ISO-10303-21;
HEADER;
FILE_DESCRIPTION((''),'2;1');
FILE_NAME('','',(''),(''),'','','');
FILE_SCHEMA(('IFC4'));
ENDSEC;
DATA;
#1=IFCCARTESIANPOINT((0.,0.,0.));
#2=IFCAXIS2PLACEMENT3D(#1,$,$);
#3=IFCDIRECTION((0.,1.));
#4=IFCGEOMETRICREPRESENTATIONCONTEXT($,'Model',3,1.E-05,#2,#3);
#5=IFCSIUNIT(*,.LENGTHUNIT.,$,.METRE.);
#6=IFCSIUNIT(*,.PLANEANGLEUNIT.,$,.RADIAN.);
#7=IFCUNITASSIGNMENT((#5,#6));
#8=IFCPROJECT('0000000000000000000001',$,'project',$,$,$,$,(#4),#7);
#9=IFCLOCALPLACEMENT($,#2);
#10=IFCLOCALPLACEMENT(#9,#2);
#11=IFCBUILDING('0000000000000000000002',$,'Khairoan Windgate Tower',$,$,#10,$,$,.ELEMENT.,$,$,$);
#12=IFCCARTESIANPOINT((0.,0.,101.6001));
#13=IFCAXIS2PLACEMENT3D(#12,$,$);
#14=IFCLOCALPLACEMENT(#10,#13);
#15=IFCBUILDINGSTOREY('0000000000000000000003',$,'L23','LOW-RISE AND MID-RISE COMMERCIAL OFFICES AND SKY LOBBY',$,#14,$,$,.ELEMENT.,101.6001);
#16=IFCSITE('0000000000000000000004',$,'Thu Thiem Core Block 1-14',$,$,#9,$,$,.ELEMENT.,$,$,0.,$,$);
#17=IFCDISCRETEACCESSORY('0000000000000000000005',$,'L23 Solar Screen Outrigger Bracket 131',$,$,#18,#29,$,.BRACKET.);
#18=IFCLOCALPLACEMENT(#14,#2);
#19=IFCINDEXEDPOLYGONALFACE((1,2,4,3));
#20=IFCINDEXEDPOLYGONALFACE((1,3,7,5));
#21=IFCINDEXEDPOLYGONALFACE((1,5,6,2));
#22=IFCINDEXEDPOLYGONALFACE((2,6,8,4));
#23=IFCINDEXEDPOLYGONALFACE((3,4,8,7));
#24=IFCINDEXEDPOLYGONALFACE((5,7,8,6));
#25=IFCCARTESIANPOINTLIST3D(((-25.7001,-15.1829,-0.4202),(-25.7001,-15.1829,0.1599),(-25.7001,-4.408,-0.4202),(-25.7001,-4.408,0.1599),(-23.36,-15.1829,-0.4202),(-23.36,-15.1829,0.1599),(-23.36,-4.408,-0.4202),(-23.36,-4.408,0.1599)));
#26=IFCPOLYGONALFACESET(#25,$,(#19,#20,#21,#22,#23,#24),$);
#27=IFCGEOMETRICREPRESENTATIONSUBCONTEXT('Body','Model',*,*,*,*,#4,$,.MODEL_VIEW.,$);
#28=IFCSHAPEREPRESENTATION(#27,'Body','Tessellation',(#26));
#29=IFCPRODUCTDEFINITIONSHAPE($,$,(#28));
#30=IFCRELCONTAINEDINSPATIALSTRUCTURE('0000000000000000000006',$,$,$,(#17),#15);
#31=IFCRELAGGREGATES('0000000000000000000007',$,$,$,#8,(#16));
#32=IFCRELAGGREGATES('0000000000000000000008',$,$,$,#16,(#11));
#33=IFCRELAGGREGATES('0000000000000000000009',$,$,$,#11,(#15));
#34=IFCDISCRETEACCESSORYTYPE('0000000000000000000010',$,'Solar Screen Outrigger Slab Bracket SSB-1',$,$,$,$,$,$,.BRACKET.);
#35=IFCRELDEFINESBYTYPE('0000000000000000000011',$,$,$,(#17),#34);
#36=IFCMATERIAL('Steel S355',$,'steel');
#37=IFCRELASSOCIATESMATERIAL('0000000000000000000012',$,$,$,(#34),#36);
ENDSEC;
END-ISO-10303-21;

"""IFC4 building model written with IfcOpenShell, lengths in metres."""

from ifc_helpers import new_model, si_unit, direction, frame, origin, origin_2d, place, context, subcontext, project, spatial, rectangle, extrude, material, type_object, element, save


model = new_model("IFC4")

# Units and contexts
model_context = context("Model", 3, precision=1e-05, world=origin(), true_north=direction((0.0, 1.0)))
body_context = subcontext(model_context, "Body", "Model", "MODEL_VIEW")
ifc_project = project(units=[si_unit("LENGTHUNIT", "METRE"), si_unit("PLANEANGLEUNIT", "RADIAN")], contexts=[model_context])

# Site, building, storey
site_placement = place(None, origin())
site = spatial("IfcSite", under=ifc_project, at=site_placement, Name="Thu Thiem Core Block 1-14", CompositionType="ELEMENT", RefElevation=0.0)
building_placement = place(site_placement, origin())
building = spatial("IfcBuilding", under=site, at=building_placement, Name="Khairoan Windgate Tower", CompositionType="ELEMENT")
storey_placement = place(building_placement, frame((0.0, 0.0, 101.6001)))
storey = spatial("IfcBuildingStorey", under=building, at=storey_placement, Name="L23", Description="LOW-RISE AND MID-RISE COMMERCIAL OFFICES AND SKY LOBBY", CompositionType="ELEMENT", Elevation=101.6001)

# Discrete accessory
ifc_material_1 = material(Name="Steel S355", Category="steel")
discrete_accessory_type = type_object("IfcDiscreteAccessoryType", Name="Solar Screen Outrigger Slab Bracket SSB-1", PredefinedType="BRACKET", material=ifc_material_1)
discrete_accessory_placement = place(storey_placement, frame((-24.53, -9.7954, -0.4202), z_axis=(0.0, 0.0, 1.0), x_axis=(0.0, 1.0, 0.0)))
element("IfcDiscreteAccessory", 1, at=discrete_accessory_placement, inside=storey, type_object=discrete_accessory_type, Name="L23 Solar Screen Outrigger Bracket 131", PredefinedType="BRACKET", context=body_context, shape_type="SweptSolid", body=[
    extrude(rectangle(XDim=10.7749, YDim=2.3401, at=origin_2d()), origin(), (0.0, 0.0, 1.0), 0.5801),
])

save(model, "model.ifc")
